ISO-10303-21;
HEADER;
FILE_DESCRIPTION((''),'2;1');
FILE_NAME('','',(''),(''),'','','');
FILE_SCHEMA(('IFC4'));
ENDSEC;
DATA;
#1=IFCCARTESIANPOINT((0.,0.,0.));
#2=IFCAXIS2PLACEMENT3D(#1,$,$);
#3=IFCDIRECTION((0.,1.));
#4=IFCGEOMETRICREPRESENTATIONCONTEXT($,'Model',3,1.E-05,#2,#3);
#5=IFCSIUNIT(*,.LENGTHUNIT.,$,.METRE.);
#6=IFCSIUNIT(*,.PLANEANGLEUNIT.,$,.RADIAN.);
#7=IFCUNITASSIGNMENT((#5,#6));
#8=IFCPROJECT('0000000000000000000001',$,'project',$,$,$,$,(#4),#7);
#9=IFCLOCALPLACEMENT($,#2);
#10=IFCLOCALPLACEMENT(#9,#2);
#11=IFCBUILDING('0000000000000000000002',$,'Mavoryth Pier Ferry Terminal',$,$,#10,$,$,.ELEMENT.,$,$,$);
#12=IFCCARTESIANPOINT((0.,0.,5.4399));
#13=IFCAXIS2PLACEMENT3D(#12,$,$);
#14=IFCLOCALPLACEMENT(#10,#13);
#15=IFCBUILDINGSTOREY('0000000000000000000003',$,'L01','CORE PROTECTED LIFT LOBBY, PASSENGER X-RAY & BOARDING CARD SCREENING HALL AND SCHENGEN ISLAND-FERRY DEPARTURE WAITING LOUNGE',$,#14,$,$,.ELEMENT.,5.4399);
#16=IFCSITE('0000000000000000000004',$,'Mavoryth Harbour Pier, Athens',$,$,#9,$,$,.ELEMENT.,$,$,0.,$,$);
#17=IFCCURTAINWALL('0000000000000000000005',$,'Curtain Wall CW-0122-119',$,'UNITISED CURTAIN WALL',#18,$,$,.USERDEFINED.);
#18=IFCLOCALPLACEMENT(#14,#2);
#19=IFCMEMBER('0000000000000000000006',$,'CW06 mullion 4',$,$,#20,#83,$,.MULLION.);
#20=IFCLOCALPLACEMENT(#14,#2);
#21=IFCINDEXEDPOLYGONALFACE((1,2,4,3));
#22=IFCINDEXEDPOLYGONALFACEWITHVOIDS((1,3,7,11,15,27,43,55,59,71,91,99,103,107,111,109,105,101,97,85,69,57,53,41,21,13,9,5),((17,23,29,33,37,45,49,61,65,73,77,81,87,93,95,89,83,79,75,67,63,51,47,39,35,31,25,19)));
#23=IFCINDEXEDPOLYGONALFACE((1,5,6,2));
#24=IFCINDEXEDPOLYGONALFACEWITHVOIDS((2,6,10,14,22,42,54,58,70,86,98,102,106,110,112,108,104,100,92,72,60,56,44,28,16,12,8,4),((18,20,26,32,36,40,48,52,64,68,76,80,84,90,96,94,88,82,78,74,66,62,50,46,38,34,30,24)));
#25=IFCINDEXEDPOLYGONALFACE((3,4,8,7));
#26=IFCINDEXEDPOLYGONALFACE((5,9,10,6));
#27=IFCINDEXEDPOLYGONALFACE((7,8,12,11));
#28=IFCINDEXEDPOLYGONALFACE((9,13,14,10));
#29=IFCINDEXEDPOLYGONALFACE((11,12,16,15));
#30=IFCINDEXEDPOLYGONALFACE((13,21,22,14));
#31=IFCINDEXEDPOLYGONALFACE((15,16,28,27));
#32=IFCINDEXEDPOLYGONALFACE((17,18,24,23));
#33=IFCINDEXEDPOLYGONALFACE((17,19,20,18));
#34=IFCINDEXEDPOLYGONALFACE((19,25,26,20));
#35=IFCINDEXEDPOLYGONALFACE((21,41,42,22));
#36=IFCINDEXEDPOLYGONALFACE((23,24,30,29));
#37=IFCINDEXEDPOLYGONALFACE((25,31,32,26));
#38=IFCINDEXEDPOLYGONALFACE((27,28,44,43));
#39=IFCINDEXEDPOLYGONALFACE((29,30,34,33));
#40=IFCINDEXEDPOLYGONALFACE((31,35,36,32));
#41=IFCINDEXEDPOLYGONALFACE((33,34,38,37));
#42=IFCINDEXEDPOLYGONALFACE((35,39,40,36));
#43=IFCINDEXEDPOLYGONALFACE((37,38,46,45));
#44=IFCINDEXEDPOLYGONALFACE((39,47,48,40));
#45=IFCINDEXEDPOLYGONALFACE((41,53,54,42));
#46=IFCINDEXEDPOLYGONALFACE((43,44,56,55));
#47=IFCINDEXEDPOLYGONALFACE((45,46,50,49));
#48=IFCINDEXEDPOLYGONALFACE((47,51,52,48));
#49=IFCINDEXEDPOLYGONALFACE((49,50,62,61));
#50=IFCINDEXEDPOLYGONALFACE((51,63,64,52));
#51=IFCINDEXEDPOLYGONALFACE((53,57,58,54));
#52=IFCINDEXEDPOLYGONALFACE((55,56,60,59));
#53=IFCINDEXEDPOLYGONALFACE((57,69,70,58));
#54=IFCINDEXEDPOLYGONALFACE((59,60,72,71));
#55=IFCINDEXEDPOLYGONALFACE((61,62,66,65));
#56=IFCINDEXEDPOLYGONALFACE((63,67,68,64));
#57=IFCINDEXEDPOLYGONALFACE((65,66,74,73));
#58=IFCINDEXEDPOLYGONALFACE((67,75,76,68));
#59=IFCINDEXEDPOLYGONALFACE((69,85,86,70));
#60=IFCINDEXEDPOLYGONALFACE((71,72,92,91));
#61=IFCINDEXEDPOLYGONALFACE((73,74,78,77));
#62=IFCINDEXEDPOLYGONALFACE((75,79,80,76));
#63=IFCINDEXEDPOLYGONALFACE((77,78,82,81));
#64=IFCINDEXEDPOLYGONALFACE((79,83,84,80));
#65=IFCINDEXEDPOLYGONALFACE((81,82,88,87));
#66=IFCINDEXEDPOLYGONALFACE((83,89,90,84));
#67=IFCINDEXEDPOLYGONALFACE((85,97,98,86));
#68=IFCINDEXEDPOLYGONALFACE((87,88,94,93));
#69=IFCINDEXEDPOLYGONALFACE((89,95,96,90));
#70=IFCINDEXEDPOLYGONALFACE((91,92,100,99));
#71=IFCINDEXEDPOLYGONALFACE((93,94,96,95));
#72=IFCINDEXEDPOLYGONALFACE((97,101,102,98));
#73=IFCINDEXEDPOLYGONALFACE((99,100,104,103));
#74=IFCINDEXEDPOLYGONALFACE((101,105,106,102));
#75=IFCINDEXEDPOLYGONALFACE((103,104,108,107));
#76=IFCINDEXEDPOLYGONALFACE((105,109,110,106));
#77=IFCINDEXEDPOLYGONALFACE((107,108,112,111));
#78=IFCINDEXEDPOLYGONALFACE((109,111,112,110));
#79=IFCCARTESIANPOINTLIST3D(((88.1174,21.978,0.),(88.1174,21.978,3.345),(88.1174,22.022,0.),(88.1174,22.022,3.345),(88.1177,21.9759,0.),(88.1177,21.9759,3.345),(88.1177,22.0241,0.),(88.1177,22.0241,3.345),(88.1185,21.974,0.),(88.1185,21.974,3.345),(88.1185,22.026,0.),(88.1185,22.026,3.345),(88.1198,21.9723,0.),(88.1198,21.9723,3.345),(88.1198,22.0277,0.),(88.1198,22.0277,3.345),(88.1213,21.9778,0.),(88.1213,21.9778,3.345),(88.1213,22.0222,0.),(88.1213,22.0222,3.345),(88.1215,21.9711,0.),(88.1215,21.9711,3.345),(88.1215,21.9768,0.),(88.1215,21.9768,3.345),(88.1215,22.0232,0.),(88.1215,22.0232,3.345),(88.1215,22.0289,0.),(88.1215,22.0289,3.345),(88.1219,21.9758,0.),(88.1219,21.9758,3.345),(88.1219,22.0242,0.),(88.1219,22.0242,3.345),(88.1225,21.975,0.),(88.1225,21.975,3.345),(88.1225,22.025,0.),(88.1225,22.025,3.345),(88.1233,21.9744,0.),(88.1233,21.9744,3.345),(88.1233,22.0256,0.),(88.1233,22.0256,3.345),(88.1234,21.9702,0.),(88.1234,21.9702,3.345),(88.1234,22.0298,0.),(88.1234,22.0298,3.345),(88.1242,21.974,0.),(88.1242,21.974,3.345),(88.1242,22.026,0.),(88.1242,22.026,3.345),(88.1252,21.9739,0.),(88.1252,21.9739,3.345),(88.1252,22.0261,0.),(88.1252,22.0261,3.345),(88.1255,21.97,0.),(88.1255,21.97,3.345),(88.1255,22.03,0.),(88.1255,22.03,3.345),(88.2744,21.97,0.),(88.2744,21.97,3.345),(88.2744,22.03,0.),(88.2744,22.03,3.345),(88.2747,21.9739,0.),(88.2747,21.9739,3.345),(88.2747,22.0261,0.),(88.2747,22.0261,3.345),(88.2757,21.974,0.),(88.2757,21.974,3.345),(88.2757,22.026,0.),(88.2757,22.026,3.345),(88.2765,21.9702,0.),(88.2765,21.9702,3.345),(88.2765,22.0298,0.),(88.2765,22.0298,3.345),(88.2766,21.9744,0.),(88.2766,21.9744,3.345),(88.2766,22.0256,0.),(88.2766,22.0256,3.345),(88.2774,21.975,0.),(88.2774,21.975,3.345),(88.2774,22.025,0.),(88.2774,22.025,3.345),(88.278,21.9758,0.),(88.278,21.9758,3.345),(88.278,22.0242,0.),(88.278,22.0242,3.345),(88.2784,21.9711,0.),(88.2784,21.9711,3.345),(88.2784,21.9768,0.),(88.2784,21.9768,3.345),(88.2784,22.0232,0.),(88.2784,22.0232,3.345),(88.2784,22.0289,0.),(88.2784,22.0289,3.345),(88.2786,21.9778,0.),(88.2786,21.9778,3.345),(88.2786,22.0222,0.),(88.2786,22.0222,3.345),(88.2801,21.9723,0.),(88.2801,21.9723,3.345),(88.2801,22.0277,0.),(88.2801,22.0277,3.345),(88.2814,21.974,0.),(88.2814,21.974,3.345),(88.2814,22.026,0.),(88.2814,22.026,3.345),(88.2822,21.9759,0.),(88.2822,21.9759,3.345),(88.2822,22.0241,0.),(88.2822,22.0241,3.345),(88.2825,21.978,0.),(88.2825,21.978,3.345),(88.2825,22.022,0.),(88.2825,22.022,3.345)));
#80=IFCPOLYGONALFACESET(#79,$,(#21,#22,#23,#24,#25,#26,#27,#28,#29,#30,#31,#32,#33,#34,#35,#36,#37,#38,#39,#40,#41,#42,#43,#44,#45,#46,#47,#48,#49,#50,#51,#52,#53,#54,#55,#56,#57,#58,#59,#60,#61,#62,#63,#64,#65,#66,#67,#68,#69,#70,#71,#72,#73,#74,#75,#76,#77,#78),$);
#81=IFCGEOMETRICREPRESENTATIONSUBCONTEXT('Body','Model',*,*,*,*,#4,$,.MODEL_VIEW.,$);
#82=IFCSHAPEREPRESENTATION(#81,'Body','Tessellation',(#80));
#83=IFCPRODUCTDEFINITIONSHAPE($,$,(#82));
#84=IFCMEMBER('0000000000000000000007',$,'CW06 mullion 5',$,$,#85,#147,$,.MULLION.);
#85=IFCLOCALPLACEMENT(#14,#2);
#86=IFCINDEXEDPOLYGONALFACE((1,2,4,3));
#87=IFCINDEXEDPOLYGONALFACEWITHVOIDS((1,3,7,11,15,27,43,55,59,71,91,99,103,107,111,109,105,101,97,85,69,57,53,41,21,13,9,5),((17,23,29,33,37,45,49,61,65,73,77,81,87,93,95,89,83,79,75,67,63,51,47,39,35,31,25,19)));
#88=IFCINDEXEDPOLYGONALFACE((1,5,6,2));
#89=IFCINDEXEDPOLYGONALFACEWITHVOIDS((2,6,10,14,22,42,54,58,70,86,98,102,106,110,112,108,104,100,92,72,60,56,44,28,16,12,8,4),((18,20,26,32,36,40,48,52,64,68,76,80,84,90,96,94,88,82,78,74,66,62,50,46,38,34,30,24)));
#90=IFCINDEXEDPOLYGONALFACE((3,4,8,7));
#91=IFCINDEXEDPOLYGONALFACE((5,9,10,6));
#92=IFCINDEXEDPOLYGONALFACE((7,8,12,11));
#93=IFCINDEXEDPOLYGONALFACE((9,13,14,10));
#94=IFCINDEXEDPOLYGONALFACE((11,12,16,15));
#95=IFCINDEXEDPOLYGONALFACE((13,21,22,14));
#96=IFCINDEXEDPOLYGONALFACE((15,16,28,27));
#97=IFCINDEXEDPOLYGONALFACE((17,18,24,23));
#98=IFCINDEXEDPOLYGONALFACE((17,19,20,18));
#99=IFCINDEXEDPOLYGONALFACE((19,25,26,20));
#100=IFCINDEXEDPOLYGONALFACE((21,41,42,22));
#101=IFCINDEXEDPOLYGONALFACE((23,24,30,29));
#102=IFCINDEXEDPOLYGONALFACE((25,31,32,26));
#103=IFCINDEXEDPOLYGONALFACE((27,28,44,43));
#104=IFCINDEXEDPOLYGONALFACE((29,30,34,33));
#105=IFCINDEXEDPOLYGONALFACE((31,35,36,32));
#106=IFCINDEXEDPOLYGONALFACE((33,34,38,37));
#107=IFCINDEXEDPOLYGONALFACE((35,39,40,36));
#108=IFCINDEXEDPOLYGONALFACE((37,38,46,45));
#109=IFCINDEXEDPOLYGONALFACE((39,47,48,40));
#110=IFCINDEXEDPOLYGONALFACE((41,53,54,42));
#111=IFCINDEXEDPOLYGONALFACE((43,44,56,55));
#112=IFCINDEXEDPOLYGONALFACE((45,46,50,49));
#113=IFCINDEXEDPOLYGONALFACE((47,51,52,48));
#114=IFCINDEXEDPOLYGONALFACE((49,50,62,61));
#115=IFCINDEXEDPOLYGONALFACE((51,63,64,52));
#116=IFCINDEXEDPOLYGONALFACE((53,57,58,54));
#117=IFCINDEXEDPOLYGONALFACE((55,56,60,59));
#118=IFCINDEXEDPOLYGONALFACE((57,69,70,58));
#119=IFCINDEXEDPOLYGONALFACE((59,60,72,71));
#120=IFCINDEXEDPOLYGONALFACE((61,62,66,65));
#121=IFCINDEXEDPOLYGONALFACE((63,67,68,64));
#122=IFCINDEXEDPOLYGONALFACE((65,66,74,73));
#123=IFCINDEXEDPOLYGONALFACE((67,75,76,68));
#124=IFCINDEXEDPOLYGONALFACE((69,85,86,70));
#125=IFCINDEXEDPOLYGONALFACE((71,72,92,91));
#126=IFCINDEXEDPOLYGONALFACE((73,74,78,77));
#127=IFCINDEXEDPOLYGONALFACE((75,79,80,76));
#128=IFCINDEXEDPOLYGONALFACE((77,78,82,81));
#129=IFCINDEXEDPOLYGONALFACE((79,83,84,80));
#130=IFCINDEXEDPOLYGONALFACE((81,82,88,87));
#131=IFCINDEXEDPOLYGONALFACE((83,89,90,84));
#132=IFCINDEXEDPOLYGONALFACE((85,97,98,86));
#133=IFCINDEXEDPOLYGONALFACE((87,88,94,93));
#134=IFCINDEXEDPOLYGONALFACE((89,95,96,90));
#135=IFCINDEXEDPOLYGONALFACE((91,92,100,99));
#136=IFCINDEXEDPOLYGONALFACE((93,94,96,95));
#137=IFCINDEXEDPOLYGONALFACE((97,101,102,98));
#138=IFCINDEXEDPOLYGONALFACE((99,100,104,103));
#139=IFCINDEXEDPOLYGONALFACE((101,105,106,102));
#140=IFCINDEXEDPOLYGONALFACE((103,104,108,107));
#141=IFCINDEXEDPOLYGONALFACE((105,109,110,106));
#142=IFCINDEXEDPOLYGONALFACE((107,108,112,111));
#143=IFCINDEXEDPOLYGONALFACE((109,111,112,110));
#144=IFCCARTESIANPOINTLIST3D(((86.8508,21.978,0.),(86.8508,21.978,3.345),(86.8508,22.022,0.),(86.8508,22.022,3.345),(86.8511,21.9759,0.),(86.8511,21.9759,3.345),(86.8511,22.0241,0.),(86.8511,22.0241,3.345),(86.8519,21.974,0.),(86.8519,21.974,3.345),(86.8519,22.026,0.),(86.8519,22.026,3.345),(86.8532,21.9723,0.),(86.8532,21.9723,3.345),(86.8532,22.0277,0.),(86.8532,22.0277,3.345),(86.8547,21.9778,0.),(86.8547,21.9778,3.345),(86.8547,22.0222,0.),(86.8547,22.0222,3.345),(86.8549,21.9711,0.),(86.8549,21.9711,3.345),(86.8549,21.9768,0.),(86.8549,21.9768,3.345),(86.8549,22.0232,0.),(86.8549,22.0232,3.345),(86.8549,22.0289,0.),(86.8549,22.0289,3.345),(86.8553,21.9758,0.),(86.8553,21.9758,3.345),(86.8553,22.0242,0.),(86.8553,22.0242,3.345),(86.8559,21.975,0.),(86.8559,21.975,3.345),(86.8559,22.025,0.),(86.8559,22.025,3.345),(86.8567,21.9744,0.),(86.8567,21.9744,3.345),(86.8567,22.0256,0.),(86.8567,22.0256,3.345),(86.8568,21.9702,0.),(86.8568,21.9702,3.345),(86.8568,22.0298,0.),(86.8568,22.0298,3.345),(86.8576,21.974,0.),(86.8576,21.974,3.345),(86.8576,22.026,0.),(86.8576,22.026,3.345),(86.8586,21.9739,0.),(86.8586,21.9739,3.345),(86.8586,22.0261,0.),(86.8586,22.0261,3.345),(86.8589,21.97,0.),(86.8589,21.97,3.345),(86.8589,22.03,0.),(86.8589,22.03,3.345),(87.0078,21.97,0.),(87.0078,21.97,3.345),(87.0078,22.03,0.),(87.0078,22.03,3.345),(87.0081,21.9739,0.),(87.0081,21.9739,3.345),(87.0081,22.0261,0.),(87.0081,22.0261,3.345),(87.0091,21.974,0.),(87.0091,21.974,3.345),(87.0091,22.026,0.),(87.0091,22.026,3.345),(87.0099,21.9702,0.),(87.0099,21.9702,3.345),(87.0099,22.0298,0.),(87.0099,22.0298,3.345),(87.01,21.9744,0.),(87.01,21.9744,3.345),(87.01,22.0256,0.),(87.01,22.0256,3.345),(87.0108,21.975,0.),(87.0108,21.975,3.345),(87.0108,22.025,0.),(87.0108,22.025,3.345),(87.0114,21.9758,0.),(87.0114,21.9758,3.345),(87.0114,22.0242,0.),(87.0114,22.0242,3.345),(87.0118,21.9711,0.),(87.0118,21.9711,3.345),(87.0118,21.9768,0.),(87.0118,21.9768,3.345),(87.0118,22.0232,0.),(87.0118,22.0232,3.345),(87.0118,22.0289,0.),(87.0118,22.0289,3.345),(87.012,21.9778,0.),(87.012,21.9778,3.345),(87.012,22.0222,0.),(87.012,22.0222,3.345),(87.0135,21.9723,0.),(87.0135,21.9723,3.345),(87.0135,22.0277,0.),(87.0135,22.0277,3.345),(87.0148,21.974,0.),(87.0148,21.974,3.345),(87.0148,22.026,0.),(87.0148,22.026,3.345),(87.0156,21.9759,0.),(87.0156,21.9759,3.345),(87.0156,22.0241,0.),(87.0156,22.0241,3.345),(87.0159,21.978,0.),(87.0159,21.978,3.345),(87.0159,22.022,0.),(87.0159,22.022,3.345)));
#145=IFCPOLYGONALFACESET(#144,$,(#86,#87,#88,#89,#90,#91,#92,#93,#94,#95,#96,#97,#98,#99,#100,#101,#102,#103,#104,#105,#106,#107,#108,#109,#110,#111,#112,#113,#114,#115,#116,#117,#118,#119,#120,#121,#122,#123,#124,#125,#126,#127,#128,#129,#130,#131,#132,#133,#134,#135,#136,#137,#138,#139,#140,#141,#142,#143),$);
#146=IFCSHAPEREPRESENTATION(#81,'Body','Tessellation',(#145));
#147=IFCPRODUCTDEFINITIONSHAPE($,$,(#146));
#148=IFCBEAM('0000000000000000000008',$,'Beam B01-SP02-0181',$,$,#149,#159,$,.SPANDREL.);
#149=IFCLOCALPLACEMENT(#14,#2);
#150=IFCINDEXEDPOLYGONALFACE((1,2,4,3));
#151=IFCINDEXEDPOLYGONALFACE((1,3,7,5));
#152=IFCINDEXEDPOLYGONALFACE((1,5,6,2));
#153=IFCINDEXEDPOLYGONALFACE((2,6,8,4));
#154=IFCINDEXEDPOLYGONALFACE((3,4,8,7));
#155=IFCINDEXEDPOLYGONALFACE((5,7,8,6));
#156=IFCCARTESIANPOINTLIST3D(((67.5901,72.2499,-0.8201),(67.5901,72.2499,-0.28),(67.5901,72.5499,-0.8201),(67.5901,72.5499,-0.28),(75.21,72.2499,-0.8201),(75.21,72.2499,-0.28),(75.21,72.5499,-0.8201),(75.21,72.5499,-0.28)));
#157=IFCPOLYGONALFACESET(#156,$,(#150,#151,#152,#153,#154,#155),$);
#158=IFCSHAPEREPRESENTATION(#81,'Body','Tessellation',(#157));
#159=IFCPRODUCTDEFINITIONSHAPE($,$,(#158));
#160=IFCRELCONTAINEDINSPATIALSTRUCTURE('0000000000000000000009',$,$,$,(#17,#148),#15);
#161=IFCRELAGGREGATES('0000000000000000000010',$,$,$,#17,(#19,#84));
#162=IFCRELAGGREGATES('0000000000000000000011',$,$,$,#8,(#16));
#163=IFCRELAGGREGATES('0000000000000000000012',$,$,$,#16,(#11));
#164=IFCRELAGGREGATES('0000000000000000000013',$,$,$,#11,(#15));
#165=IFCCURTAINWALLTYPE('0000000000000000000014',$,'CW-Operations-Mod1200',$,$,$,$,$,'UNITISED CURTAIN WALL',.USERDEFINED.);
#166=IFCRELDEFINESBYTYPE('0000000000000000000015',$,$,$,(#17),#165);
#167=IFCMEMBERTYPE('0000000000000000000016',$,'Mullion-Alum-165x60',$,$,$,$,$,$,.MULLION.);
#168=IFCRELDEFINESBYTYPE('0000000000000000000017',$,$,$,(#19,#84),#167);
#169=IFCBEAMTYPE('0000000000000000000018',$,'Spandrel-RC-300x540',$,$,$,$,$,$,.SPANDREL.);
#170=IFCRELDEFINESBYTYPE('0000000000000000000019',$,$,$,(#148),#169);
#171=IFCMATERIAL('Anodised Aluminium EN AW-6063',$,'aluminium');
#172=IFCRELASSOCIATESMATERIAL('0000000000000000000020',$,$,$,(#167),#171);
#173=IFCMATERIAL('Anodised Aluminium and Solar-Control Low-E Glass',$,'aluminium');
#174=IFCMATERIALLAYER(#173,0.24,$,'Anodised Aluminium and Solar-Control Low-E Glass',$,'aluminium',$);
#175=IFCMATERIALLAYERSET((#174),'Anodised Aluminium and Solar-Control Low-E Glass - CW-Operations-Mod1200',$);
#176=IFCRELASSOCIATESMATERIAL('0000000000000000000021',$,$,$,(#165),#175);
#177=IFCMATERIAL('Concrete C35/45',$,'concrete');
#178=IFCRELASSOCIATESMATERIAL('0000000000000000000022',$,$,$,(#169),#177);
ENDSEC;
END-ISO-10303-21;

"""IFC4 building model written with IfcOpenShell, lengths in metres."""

from ifc_helpers import new_model, si_unit, direction, frame, origin, origin_2d, place, context, subcontext, project, spatial, rectangle, hollow_rectangle, extrude, material, layer, layer_set, material_profile, profile_set, type_object, element, aggregate, save


model = new_model("IFC4")

# Units and contexts
model_context = context("Model", 3, precision=1e-05, world=origin(), true_north=direction((0.0, 1.0)))
body_context = subcontext(model_context, "Body", "Model", "MODEL_VIEW")
ifc_project = project(units=[si_unit("LENGTHUNIT", "METRE"), si_unit("PLANEANGLEUNIT", "RADIAN")], contexts=[model_context])

# Site, building, storey
site_placement = place(None, origin())
site = spatial("IfcSite", under=ifc_project, at=site_placement, Name="Mavoryth Harbour Pier, Athens", CompositionType="ELEMENT", RefElevation=0.0)
building_placement = place(site_placement, origin())
building = spatial("IfcBuilding", under=site, at=building_placement, Name="Mavoryth Pier Ferry Terminal", CompositionType="ELEMENT")
storey_placement = place(building_placement, frame((0.0, 0.0, 5.4399)))
storey = spatial("IfcBuildingStorey", under=building, at=storey_placement, Name="L01", Description="CORE PROTECTED LIFT LOBBY, PASSENGER X-RAY & BOARDING CARD SCREENING HALL AND SCHENGEN ISLAND-FERRY DEPARTURE WAITING LOUNGE", CompositionType="ELEMENT", Elevation=5.4399)

# Curtain wall, members
ifc_material_1 = material(Name="Anodised Aluminium and Solar-Control Low-E Glass", Category="aluminium")
ifc_material_2 = material(Name="Anodised Aluminium EN AW-6063", Category="aluminium")
ifc_material_profile_1 = material_profile(ifc_material_2, hollow_rectangle(XDim=0.0601, YDim=0.165, WallThickness=0.0039, InnerFilletRadius=0.0039, OuterFilletRadius=0.0081, at=origin_2d()), Name="AL-MULL 165x60x4", Category="aluminium")
ifc_profile_set_1 = profile_set([ifc_material_profile_1], Name="Anodised Aluminium EN AW-6063 - AL-MULL 165x60x4")
member_type_1 = type_object("IfcMemberType", Name="Mullion-Alum-165x60", PredefinedType="MULLION", material=ifc_profile_set_1)
ifc_layer_1 = layer(ifc_material_1, 0.24, Name="Anodised Aluminium and Solar-Control Low-E Glass", Category="aluminium")
ifc_layer_set_1 = layer_set([ifc_layer_1], Name="Anodised Aluminium and Solar-Control Low-E Glass - CW-Operations-Mod1200")
curtain_wall_type_1 = type_object("IfcCurtainWallType", Name="CW-Operations-Mod1200", ElementType="UNITISED CURTAIN WALL", PredefinedType="USERDEFINED", material=ifc_layer_set_1)
curtain_wall_1_placement = place(storey_placement, origin())
curtain_wall_1 = element("IfcCurtainWall", 1, at=curtain_wall_1_placement, inside=storey, type_object=curtain_wall_type_1, Name="Curtain Wall CW-0122-119", ObjectType="UNITISED CURTAIN WALL", PredefinedType="USERDEFINED")
member_1_placement = place(storey_placement, frame((88.2, 22.0, 0.0), z_axis=(0.0, 0.0, 1.0), x_axis=(0.0, -1.0, 0.0)))
member_1 = element("IfcMember", 2, at=member_1_placement, type_object=member_type_1, Name="CW06 mullion 4", PredefinedType="MULLION", context=body_context, shape_type="SweptSolid", body=[
    extrude(hollow_rectangle(XDim=0.0601, YDim=0.165, WallThickness=0.0039, InnerFilletRadius=0.0039, OuterFilletRadius=0.0081, at=origin_2d()), origin(), (0.0, 0.0, 1.0), 3.345),
])
member_2_placement = place(storey_placement, frame((86.9333, 22.0, 0.0), z_axis=(0.0, 0.0, 1.0), x_axis=(0.0, -1.0, 0.0)))
member_2 = element("IfcMember", 3, at=member_2_placement, type_object=member_type_1, Name="CW06 mullion 5", PredefinedType="MULLION", context=body_context, shape_type="SweptSolid", body=[
    extrude(hollow_rectangle(XDim=0.0601, YDim=0.165, WallThickness=0.0039, InnerFilletRadius=0.0039, OuterFilletRadius=0.0081, at=origin_2d()), origin(), (0.0, 0.0, 1.0), 3.345),
])

# Beam
ifc_material_3 = material(Name="Concrete C35/45", Category="concrete")
ifc_material_profile_2 = material_profile(ifc_material_3, rectangle(XDim=0.3, YDim=0.54, at=origin_2d()), Name="RC 300x540", Category="concrete")
ifc_profile_set_2 = profile_set([ifc_material_profile_2], Name="Concrete C35/45 - RC 300x540")
beam_type = type_object("IfcBeamType", Name="Spandrel-RC-300x540", PredefinedType="SPANDREL", material=ifc_profile_set_2)
beam_placement = place(storey_placement, frame((67.5901, 72.3999, -0.55), z_axis=(1.0, 0.0, 0.0), x_axis=(0.0, 1.0, 0.0)))
element("IfcBeam", 4, at=beam_placement, inside=storey, type_object=beam_type, Name="Beam B01-SP02-0181", PredefinedType="SPANDREL", context=body_context, shape_type="SweptSolid", body=[
    extrude(rectangle(XDim=0.3, YDim=0.54, at=origin_2d()), origin(), (0.0, 0.0, 1.0), 7.6199),
])

aggregate(curtain_wall_1, [member_1, member_2])

save(model, "model.ifc")
